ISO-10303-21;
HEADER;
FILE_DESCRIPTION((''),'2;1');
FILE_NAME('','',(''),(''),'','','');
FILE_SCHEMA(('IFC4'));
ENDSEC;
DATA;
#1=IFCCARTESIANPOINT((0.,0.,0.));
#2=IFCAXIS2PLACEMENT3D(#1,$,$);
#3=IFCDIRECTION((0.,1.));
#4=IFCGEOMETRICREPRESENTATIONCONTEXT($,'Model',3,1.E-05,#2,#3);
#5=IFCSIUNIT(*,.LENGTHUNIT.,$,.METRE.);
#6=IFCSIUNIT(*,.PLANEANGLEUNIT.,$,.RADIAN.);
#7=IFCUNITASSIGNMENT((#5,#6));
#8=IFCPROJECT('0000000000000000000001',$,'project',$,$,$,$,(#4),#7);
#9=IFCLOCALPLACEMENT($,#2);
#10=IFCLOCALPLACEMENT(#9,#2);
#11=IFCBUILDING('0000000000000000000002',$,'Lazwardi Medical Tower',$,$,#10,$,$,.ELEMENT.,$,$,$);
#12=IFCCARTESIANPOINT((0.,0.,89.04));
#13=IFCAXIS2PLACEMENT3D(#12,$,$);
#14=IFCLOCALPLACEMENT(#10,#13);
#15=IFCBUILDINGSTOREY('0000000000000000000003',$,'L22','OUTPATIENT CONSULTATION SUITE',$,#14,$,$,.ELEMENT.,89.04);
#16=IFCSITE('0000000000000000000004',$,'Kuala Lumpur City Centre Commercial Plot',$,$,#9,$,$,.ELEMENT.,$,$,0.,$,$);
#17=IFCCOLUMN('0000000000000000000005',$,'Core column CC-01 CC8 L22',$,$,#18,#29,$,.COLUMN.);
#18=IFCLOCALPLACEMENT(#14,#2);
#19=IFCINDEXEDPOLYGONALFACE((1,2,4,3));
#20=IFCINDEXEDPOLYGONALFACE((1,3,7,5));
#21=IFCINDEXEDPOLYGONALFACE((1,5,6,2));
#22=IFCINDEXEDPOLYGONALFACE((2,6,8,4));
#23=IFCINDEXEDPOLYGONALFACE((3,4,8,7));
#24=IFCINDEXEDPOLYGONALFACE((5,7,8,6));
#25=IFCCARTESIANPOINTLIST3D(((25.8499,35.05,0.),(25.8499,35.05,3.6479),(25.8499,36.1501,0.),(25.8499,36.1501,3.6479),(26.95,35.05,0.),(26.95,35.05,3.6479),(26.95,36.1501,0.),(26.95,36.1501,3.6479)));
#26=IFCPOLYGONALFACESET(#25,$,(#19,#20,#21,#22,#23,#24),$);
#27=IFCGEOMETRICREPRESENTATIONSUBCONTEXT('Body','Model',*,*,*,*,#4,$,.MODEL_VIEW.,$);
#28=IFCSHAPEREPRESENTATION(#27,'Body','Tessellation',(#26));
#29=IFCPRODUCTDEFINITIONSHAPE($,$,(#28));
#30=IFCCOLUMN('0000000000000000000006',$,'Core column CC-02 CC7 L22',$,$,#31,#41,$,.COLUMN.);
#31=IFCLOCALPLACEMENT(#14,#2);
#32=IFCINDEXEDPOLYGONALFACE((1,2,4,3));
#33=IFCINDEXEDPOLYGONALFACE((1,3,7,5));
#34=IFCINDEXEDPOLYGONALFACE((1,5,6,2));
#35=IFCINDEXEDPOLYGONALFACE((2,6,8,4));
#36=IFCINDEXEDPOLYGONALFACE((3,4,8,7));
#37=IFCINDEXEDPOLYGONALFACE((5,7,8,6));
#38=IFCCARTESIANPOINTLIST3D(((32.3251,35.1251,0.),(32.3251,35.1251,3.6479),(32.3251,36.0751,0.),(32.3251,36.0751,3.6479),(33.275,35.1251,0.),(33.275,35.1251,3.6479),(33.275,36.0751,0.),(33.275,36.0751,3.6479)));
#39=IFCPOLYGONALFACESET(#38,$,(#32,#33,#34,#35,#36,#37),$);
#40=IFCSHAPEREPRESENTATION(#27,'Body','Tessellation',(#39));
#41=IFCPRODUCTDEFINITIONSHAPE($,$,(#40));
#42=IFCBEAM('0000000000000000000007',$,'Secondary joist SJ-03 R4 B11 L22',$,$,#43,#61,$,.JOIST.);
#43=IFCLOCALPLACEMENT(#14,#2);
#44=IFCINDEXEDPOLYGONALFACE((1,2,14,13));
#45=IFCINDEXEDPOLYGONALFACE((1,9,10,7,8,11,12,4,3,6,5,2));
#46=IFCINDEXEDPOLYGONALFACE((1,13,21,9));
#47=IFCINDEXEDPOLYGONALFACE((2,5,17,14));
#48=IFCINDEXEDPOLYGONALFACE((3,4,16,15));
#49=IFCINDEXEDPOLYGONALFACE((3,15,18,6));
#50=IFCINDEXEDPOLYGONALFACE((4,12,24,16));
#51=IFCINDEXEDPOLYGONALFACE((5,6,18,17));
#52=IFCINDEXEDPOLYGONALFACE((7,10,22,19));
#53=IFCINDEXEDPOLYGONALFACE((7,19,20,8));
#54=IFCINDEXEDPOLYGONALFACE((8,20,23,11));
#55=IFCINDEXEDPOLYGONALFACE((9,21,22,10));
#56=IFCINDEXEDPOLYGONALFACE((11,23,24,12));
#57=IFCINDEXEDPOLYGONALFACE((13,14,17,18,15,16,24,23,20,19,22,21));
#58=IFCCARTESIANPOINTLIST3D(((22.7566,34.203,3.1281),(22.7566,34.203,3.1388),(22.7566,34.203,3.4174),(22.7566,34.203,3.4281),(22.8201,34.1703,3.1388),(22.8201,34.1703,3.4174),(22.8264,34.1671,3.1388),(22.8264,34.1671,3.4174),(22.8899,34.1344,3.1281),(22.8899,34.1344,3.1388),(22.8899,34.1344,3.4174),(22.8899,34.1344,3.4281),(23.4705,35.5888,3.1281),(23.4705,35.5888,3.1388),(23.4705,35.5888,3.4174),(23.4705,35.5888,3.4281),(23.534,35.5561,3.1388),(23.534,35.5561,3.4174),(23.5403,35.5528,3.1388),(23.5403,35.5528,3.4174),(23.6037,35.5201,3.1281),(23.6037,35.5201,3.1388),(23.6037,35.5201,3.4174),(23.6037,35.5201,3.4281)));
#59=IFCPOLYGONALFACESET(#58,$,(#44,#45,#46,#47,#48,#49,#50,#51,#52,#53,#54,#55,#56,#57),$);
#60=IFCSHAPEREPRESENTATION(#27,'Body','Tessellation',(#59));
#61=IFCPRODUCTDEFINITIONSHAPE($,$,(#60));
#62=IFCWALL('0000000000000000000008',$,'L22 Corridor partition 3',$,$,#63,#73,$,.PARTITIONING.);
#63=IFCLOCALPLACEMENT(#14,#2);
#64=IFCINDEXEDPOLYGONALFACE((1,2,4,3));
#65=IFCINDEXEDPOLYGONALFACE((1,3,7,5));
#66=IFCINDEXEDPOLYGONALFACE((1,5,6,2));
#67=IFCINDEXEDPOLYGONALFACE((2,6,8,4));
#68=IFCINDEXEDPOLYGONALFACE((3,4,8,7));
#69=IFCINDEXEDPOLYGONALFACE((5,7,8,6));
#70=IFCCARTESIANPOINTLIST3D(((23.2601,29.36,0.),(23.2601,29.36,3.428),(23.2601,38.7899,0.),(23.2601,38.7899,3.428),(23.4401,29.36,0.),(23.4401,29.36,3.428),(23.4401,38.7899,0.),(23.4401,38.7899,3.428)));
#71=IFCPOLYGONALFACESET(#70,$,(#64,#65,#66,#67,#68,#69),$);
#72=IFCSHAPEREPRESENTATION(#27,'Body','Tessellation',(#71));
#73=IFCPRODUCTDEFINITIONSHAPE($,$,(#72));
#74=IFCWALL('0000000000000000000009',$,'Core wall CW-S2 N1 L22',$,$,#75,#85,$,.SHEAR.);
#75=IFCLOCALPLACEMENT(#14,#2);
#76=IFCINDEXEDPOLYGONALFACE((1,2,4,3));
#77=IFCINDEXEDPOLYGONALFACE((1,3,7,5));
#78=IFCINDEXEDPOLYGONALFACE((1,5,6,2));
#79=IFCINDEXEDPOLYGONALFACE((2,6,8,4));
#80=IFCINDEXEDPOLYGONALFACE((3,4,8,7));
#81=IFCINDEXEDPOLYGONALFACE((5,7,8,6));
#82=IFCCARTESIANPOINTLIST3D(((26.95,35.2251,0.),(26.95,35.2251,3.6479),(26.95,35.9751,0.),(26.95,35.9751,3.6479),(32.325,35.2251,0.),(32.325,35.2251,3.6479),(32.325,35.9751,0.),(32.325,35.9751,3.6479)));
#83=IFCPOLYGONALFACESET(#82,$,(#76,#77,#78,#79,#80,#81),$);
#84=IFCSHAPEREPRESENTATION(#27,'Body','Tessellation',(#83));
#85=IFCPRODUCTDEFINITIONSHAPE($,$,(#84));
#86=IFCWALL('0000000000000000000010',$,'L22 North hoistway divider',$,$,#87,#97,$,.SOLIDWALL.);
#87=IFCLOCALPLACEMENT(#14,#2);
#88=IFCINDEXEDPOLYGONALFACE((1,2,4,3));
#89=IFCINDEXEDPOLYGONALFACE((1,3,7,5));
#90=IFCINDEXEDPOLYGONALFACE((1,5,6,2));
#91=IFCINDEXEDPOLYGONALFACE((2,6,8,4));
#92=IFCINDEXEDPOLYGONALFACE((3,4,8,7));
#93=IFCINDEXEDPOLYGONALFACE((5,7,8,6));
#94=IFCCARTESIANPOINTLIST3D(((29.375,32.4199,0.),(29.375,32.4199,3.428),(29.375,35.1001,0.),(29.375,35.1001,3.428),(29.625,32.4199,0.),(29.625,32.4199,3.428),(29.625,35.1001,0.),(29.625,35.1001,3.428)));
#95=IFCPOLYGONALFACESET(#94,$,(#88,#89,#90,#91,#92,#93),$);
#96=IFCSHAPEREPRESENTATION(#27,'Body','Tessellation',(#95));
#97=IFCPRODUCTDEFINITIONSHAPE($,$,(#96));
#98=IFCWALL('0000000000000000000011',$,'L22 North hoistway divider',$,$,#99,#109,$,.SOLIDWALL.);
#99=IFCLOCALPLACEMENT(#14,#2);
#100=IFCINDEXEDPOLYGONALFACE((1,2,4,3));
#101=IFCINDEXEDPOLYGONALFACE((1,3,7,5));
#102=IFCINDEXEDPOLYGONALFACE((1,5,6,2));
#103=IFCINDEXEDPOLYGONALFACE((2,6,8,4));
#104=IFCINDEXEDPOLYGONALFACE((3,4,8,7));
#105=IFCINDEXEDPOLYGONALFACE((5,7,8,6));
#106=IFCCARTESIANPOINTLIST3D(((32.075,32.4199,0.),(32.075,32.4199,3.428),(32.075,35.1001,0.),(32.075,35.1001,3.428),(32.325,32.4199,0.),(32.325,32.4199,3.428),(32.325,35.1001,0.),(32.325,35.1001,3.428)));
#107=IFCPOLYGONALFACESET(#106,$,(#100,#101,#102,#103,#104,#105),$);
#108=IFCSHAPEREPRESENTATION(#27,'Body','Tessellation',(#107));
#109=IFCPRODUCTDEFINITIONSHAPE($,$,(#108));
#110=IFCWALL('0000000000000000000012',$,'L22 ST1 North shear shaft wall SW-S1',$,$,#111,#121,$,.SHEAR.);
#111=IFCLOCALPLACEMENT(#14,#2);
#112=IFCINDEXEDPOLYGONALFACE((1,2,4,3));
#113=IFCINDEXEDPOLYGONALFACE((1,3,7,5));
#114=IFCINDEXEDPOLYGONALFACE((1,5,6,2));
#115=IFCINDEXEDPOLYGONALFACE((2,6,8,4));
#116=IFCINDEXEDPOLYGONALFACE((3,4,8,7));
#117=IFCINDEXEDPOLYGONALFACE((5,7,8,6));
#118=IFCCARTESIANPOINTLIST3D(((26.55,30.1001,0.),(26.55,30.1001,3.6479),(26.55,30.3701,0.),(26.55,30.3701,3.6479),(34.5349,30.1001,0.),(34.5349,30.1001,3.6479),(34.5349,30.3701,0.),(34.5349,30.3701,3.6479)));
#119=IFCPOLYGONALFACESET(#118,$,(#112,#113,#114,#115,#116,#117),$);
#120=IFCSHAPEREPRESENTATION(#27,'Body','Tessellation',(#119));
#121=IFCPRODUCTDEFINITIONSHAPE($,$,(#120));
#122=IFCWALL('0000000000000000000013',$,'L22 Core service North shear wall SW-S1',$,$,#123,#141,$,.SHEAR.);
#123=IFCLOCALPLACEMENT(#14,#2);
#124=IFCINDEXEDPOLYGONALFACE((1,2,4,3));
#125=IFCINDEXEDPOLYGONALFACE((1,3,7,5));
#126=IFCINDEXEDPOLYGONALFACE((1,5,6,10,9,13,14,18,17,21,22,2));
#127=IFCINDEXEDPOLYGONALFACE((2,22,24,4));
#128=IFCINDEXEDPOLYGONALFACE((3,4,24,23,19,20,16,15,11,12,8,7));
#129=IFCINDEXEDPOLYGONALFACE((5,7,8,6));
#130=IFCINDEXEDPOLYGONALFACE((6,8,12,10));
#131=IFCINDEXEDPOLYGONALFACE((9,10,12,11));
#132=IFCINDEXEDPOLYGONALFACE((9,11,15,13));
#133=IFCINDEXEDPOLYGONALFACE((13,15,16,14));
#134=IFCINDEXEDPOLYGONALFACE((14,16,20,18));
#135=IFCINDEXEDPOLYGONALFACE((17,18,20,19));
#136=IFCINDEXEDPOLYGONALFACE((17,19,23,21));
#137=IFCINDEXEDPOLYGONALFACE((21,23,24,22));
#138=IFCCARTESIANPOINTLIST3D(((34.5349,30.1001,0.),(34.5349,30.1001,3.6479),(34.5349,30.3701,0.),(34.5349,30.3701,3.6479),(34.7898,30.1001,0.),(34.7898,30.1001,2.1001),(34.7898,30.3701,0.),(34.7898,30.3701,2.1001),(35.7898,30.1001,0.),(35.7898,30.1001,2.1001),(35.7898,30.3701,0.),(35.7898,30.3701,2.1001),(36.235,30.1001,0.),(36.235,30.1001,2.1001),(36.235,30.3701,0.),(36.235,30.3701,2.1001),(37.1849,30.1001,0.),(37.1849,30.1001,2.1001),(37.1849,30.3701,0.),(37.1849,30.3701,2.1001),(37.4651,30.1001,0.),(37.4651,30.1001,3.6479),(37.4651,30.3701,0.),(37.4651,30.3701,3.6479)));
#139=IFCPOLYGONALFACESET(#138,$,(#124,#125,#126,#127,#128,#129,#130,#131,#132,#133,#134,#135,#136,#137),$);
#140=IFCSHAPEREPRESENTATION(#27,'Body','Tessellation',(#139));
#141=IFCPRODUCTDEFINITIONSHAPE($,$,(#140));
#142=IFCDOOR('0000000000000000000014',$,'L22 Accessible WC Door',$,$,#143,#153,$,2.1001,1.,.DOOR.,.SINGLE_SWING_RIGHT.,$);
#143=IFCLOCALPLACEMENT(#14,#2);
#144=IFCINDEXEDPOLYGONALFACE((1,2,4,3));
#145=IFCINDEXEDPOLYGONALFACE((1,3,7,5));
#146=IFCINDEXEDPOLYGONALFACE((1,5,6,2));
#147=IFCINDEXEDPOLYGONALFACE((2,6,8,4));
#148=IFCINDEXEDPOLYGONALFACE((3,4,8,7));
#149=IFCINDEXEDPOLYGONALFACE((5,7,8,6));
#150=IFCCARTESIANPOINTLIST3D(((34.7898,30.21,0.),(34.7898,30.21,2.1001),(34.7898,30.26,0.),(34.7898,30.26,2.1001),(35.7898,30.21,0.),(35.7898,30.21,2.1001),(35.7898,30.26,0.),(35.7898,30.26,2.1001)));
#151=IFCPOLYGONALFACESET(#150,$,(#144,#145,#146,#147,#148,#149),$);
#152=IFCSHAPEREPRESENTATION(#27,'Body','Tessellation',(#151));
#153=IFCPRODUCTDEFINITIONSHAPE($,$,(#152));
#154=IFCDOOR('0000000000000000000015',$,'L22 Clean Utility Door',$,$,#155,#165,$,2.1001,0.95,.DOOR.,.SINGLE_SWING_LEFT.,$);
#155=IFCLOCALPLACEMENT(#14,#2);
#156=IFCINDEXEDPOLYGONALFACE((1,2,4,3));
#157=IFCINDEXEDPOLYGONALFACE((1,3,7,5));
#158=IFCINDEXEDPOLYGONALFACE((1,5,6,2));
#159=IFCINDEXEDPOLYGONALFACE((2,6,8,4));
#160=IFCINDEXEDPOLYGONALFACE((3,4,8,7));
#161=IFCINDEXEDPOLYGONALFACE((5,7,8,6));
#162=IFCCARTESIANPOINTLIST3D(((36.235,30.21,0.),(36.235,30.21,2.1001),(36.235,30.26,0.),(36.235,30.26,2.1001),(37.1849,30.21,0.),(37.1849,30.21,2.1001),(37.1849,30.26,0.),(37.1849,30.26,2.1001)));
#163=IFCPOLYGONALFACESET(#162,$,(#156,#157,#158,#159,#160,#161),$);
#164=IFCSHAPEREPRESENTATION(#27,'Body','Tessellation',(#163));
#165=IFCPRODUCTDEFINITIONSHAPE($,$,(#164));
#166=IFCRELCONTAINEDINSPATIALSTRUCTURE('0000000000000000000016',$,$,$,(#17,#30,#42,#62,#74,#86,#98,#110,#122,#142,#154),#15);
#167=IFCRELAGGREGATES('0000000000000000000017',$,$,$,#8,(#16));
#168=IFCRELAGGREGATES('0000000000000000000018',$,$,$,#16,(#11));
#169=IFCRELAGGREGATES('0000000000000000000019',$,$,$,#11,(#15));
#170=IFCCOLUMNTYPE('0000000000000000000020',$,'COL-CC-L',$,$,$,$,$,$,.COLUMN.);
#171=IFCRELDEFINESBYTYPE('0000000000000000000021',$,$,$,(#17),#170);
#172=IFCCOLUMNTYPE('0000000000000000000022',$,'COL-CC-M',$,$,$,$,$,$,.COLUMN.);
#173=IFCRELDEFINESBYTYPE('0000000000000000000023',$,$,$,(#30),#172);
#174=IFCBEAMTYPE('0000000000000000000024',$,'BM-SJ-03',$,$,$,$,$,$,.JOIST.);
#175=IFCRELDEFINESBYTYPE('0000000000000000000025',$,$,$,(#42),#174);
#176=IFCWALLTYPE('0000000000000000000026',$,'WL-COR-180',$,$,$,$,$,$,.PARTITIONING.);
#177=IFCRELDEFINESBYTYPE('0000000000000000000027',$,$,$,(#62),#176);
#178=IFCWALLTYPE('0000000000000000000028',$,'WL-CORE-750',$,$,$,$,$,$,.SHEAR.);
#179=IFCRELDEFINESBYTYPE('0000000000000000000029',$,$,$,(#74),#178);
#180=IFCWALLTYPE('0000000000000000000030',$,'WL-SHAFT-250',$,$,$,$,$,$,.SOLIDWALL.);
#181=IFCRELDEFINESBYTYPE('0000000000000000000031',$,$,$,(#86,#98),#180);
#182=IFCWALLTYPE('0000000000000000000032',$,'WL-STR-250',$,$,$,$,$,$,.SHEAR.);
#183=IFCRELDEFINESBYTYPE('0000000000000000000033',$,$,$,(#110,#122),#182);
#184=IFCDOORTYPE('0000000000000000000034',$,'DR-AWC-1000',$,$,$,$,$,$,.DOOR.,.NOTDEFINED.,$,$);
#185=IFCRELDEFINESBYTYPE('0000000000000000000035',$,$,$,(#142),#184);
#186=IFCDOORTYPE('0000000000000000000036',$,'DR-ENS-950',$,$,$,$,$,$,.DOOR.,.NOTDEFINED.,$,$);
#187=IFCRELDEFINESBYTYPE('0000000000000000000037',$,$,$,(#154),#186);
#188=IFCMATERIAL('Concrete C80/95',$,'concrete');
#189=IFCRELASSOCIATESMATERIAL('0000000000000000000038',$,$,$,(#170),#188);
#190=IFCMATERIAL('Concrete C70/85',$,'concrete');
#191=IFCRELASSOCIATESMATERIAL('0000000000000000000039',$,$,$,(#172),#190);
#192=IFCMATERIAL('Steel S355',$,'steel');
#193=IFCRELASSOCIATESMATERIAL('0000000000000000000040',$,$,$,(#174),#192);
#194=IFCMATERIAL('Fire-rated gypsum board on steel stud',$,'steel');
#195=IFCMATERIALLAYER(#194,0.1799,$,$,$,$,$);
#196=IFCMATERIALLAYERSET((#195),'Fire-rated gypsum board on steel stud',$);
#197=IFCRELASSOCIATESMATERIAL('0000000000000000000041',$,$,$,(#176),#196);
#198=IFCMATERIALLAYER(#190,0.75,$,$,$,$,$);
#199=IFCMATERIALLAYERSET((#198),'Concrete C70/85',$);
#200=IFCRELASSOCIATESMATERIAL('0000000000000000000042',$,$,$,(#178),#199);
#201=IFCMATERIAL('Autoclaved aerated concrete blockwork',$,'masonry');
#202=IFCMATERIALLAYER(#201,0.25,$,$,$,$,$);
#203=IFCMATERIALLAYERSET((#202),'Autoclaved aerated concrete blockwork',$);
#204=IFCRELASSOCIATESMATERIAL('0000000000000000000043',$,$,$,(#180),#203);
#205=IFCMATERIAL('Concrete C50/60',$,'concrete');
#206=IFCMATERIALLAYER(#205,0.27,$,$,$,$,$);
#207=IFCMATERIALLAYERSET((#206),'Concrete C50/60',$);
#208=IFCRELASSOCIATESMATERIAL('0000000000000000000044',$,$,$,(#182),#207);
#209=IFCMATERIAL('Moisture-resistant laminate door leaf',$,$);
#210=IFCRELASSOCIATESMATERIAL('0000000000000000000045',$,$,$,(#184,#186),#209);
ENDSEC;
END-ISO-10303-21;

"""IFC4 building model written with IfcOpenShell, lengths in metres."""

from ifc_helpers import new_model, si_unit, direction, frame, frame_2d, origin, origin_2d, place, context, subcontext, project, spatial, rectangle, i_section, extrude, material, layer, layer_set, material_profile, profile_set, type_object, element, fill, save


model = new_model("IFC4")

# Units and contexts
model_context = context("Model", 3, precision=1e-05, world=origin(), true_north=direction((0.0, 1.0)))
body_context = subcontext(model_context, "Body", "Model", "MODEL_VIEW")
ifc_project = project(units=[si_unit("LENGTHUNIT", "METRE"), si_unit("PLANEANGLEUNIT", "RADIAN")], contexts=[model_context])

# Site, building, storey
site_placement = place(None, origin())
site = spatial("IfcSite", under=ifc_project, at=site_placement, Name="Kuala Lumpur City Centre Commercial Plot", CompositionType="ELEMENT", RefElevation=0.0)
building_placement = place(site_placement, origin())
building = spatial("IfcBuilding", under=site, at=building_placement, Name="Lazwardi Medical Tower", CompositionType="ELEMENT")
storey_placement = place(building_placement, frame((0.0, 0.0, 89.04)))
storey = spatial("IfcBuildingStorey", under=building, at=storey_placement, Name="L22", Description="OUTPATIENT CONSULTATION SUITE", CompositionType="ELEMENT", Elevation=89.04)

# Columns
ifc_material_1 = material(Name="Concrete C80/95", Category="concrete")
ifc_material_profile_1 = material_profile(ifc_material_1, rectangle(XDim=1.1001, YDim=1.1001, at=origin_2d()), Name="RC 1100x1100")
ifc_profile_set_1 = profile_set([ifc_material_profile_1], Name="Concrete C80/95")
column_type_1 = type_object("IfcColumnType", Name="COL-CC-L", PredefinedType="COLUMN", material=ifc_profile_set_1)
column_1_placement = place(storey_placement, frame((26.3999, 35.6001, 0.0), z_axis=(0.0, 0.0, 1.0), x_axis=(1.0, 0.0, 0.0)))
element("IfcColumn", 1, at=column_1_placement, inside=storey, type_object=column_type_1, Name="Core column CC-01 CC8 L22", PredefinedType="COLUMN", context=body_context, shape_type="SweptSolid", body=[
    extrude(rectangle(XDim=1.1001, YDim=1.1001, at=origin_2d()), origin(), (0.0, 0.0, 1.0), 3.6479),
])
ifc_material_2 = material(Name="Concrete C70/85", Category="concrete")
ifc_material_profile_2 = material_profile(ifc_material_2, rectangle(XDim=0.95, YDim=0.95, at=origin_2d()), Name="RC 950x950")
ifc_profile_set_2 = profile_set([ifc_material_profile_2], Name="Concrete C70/85")
column_type_2 = type_object("IfcColumnType", Name="COL-CC-M", PredefinedType="COLUMN", material=ifc_profile_set_2)
column_2_placement = place(storey_placement, frame((32.8, 35.6001, 0.0), z_axis=(0.0, 0.0, 1.0), x_axis=(1.0, 0.0, 0.0)))
element("IfcColumn", 2, at=column_2_placement, inside=storey, type_object=column_type_2, Name="Core column CC-02 CC7 L22", PredefinedType="COLUMN", context=body_context, shape_type="SweptSolid", body=[
    extrude(rectangle(XDim=0.95, YDim=0.95, at=origin_2d()), origin(), (0.0, 0.0, 1.0), 3.6479),
])

# Beam
ifc_material_3 = material(Name="Steel S355", Category="steel")
ifc_material_profile_3 = material_profile(ifc_material_3, i_section(OverallWidth=0.1499, OverallDepth=0.3, WebThickness=0.0071, FlangeThickness=0.0107, at=origin_2d()), Name="IPE 300")
ifc_profile_set_3 = profile_set([ifc_material_profile_3], Name="Steel S355")
beam_type = type_object("IfcBeamType", Name="BM-SJ-03", PredefinedType="JOIST", material=ifc_profile_set_3)
beam_placement = place(storey_placement, frame((23.5371, 35.5544, 3.2781), z_axis=(-0.457957, -0.888975, 0.0), x_axis=(0.888975, -0.457957, 0.0)))
element("IfcBeam", 3, at=beam_placement, inside=storey, type_object=beam_type, Name="Secondary joist SJ-03 R4 B11 L22", PredefinedType="JOIST", context=body_context, shape_type="SweptSolid", body=[
    extrude(i_section(OverallWidth=0.1499, OverallDepth=0.3, WebThickness=0.0071, FlangeThickness=0.0107, at=origin_2d()), origin(), (0.0, 0.0, 1.0), 1.5588),
])

# Walls
ifc_material_4 = material(Name="Fire-rated gypsum board on steel stud", Category="steel")
ifc_layer_1 = layer(ifc_material_4, 0.1799)
ifc_layer_set_1 = layer_set([ifc_layer_1], Name="Fire-rated gypsum board on steel stud")
wall_type_1 = type_object("IfcWallType", Name="WL-COR-180", PredefinedType="PARTITIONING", material=ifc_layer_set_1)
wall_1_placement = place(storey_placement, frame((23.3501, 29.3601, 0.0), z_axis=(0.0, 0.0, 1.0), x_axis=(0.0, 1.0, 0.0)))
element("IfcWall", 4, at=wall_1_placement, inside=storey, type_object=wall_type_1, Name="L22 Corridor partition 3", PredefinedType="PARTITIONING", context=body_context, shape_type="SweptSolid", body=[
    extrude(rectangle(XDim=9.4299, YDim=0.1799, at=frame_2d((4.7148, 0.0))), origin(), (0.0, 0.0, 1.0), 3.428),
])
ifc_layer_2 = layer(ifc_material_2, 0.75)
ifc_layer_set_2 = layer_set([ifc_layer_2], Name="Concrete C70/85")
wall_type_2 = type_object("IfcWallType", Name="WL-CORE-750", PredefinedType="SHEAR", material=ifc_layer_set_2)
wall_2_placement = place(storey_placement, frame((26.95, 35.6001, 0.0), z_axis=(0.0, 0.0, 1.0), x_axis=(1.0, 0.0, 0.0)))
element("IfcWall", 5, at=wall_2_placement, inside=storey, type_object=wall_type_2, Name="Core wall CW-S2 N1 L22", PredefinedType="SHEAR", context=body_context, shape_type="SweptSolid", body=[
    extrude(rectangle(XDim=5.375, YDim=0.75, at=frame_2d((2.6875, 0.0))), origin(), (0.0, 0.0, 1.0), 3.6479),
])
ifc_material_5 = material(Name="Autoclaved aerated concrete blockwork", Category="masonry")
ifc_layer_3 = layer(ifc_material_5, 0.25)
ifc_layer_set_3 = layer_set([ifc_layer_3], Name="Autoclaved aerated concrete blockwork")
wall_type_3 = type_object("IfcWallType", Name="WL-SHAFT-250", PredefinedType="SOLIDWALL", material=ifc_layer_set_3)
for number, where, z_axis, x_axis, name in (
    (6, (29.5, 32.4199, 0.0), (0.0, 0.0, 1.0), (0.0, 1.0, 0.0), "L22 North hoistway divider"),
    (7, (32.2, 32.4199, 0.0), (0.0, 0.0, 1.0), (0.0, 1.0, 0.0), "L22 North hoistway divider"),
):
    element("IfcWall", number, at=place(storey_placement, frame(where, z_axis=z_axis, x_axis=x_axis)), inside=storey, type_object=wall_type_3, Name=name, PredefinedType="SOLIDWALL", context=body_context, shape_type="SweptSolid", body=[
        extrude(rectangle(XDim=2.6802, YDim=0.25, at=frame_2d((1.3401, 0.0))), origin(), (0.0, 0.0, 1.0), 3.428),
    ])
ifc_material_6 = material(Name="Concrete C50/60", Category="concrete")
ifc_layer_4 = layer(ifc_material_6, 0.27)
ifc_layer_set_4 = layer_set([ifc_layer_4], Name="Concrete C50/60")
wall_type_4 = type_object("IfcWallType", Name="WL-STR-250", PredefinedType="SHEAR", material=ifc_layer_set_4)
wall_3_placement = place(storey_placement, frame((26.55, 30.2351, 0.0), z_axis=(0.0, 0.0, 1.0), x_axis=(1.0, 0.0, 0.0)))
element("IfcWall", 8, at=wall_3_placement, inside=storey, type_object=wall_type_4, Name="L22 ST1 North shear shaft wall SW-S1", PredefinedType="SHEAR", context=body_context, shape_type="SweptSolid", body=[
    extrude(rectangle(XDim=7.9849, YDim=0.27, at=frame_2d((3.9924, 0.0))), origin(), (0.0, 0.0, 1.0), 3.6479),
])

# Wall, openings, doors
wall_4_placement = place(storey_placement, frame((34.5349, 30.2351, 0.0), z_axis=(0.0, 0.0, 1.0), x_axis=(1.0, 0.0, 0.0)))
wall_4 = element("IfcWall", 9, at=wall_4_placement, inside=storey, type_object=wall_type_4, Name="L22 Core service North shear wall SW-S1", PredefinedType="SHEAR", context=body_context, shape_type="SweptSolid", body=[
    extrude(rectangle(XDim=2.9302, YDim=0.27, at=frame_2d((1.4651, 0.0))), origin(), (0.0, 0.0, 1.0), 3.6479),
])
opening_1_placement = place(wall_4_placement, frame((0.2549, 0.0, 0.0)))
opening_1 = element("IfcOpeningElement", 10, at=opening_1_placement, cuts=wall_4, PredefinedType="OPENING", context=body_context, shape_type="SweptSolid", body=[
    extrude(rectangle(XDim=1.0, YDim=2.1001, at=frame_2d((0.5, 1.05))), frame((0.0, 0.145, 0.0), z_axis=(0.0, -1.0, 0.0), x_axis=(1.0, 0.0, 0.0)), (0.0, 0.0, 1.0), 0.29),
])
opening_2_placement = place(wall_4_placement, frame((1.7, 0.0, 0.0)))
opening_2 = element("IfcOpeningElement", 11, at=opening_2_placement, cuts=wall_4, PredefinedType="OPENING", context=body_context, shape_type="SweptSolid", body=[
    extrude(rectangle(XDim=0.95, YDim=2.1001, at=frame_2d((0.4751, 1.05))), frame((0.0, 0.145, 0.0), z_axis=(0.0, -1.0, 0.0), x_axis=(1.0, 0.0, 0.0)), (0.0, 0.0, 1.0), 0.29),
])
ifc_material_7 = material(Name="Moisture-resistant laminate door leaf")
door_type_1 = type_object("IfcDoorType", Name="DR-AWC-1000", OperationType="NOTDEFINED", PredefinedType="DOOR", material=ifc_material_7)
door_1_placement = place(opening_1_placement, origin())
door_1 = element("IfcDoor", 12, at=door_1_placement, inside=storey, type_object=door_type_1, Name="L22 Accessible WC Door", OperationType="SINGLE_SWING_RIGHT", OverallHeight=2.1001, OverallWidth=1.0, PredefinedType="DOOR", context=body_context, shape_type="SweptSolid", body=[
    extrude(rectangle(XDim=1.0, YDim=2.1001, at=frame_2d((0.5, 1.05))), frame((0.0, 0.0249, 0.0), z_axis=(0.0, -1.0, 0.0), x_axis=(1.0, 0.0, 0.0)), (0.0, 0.0, 1.0), 0.05),
])
fill(opening_1, door_1)
door_type_2 = type_object("IfcDoorType", Name="DR-ENS-950", OperationType="NOTDEFINED", PredefinedType="DOOR", material=ifc_material_7)
door_2_placement = place(opening_2_placement, origin())
door_2 = element("IfcDoor", 13, at=door_2_placement, inside=storey, type_object=door_type_2, Name="L22 Clean Utility Door", OperationType="SINGLE_SWING_LEFT", OverallHeight=2.1001, OverallWidth=0.95, PredefinedType="DOOR", context=body_context, shape_type="SweptSolid", body=[
    extrude(rectangle(XDim=0.95, YDim=2.1001, at=frame_2d((0.4751, 1.05))), frame((0.0, 0.0249, 0.0), z_axis=(0.0, -1.0, 0.0), x_axis=(1.0, 0.0, 0.0)), (0.0, 0.0, 1.0), 0.05),
])
fill(opening_2, door_2)

save(model, "model.ifc")
